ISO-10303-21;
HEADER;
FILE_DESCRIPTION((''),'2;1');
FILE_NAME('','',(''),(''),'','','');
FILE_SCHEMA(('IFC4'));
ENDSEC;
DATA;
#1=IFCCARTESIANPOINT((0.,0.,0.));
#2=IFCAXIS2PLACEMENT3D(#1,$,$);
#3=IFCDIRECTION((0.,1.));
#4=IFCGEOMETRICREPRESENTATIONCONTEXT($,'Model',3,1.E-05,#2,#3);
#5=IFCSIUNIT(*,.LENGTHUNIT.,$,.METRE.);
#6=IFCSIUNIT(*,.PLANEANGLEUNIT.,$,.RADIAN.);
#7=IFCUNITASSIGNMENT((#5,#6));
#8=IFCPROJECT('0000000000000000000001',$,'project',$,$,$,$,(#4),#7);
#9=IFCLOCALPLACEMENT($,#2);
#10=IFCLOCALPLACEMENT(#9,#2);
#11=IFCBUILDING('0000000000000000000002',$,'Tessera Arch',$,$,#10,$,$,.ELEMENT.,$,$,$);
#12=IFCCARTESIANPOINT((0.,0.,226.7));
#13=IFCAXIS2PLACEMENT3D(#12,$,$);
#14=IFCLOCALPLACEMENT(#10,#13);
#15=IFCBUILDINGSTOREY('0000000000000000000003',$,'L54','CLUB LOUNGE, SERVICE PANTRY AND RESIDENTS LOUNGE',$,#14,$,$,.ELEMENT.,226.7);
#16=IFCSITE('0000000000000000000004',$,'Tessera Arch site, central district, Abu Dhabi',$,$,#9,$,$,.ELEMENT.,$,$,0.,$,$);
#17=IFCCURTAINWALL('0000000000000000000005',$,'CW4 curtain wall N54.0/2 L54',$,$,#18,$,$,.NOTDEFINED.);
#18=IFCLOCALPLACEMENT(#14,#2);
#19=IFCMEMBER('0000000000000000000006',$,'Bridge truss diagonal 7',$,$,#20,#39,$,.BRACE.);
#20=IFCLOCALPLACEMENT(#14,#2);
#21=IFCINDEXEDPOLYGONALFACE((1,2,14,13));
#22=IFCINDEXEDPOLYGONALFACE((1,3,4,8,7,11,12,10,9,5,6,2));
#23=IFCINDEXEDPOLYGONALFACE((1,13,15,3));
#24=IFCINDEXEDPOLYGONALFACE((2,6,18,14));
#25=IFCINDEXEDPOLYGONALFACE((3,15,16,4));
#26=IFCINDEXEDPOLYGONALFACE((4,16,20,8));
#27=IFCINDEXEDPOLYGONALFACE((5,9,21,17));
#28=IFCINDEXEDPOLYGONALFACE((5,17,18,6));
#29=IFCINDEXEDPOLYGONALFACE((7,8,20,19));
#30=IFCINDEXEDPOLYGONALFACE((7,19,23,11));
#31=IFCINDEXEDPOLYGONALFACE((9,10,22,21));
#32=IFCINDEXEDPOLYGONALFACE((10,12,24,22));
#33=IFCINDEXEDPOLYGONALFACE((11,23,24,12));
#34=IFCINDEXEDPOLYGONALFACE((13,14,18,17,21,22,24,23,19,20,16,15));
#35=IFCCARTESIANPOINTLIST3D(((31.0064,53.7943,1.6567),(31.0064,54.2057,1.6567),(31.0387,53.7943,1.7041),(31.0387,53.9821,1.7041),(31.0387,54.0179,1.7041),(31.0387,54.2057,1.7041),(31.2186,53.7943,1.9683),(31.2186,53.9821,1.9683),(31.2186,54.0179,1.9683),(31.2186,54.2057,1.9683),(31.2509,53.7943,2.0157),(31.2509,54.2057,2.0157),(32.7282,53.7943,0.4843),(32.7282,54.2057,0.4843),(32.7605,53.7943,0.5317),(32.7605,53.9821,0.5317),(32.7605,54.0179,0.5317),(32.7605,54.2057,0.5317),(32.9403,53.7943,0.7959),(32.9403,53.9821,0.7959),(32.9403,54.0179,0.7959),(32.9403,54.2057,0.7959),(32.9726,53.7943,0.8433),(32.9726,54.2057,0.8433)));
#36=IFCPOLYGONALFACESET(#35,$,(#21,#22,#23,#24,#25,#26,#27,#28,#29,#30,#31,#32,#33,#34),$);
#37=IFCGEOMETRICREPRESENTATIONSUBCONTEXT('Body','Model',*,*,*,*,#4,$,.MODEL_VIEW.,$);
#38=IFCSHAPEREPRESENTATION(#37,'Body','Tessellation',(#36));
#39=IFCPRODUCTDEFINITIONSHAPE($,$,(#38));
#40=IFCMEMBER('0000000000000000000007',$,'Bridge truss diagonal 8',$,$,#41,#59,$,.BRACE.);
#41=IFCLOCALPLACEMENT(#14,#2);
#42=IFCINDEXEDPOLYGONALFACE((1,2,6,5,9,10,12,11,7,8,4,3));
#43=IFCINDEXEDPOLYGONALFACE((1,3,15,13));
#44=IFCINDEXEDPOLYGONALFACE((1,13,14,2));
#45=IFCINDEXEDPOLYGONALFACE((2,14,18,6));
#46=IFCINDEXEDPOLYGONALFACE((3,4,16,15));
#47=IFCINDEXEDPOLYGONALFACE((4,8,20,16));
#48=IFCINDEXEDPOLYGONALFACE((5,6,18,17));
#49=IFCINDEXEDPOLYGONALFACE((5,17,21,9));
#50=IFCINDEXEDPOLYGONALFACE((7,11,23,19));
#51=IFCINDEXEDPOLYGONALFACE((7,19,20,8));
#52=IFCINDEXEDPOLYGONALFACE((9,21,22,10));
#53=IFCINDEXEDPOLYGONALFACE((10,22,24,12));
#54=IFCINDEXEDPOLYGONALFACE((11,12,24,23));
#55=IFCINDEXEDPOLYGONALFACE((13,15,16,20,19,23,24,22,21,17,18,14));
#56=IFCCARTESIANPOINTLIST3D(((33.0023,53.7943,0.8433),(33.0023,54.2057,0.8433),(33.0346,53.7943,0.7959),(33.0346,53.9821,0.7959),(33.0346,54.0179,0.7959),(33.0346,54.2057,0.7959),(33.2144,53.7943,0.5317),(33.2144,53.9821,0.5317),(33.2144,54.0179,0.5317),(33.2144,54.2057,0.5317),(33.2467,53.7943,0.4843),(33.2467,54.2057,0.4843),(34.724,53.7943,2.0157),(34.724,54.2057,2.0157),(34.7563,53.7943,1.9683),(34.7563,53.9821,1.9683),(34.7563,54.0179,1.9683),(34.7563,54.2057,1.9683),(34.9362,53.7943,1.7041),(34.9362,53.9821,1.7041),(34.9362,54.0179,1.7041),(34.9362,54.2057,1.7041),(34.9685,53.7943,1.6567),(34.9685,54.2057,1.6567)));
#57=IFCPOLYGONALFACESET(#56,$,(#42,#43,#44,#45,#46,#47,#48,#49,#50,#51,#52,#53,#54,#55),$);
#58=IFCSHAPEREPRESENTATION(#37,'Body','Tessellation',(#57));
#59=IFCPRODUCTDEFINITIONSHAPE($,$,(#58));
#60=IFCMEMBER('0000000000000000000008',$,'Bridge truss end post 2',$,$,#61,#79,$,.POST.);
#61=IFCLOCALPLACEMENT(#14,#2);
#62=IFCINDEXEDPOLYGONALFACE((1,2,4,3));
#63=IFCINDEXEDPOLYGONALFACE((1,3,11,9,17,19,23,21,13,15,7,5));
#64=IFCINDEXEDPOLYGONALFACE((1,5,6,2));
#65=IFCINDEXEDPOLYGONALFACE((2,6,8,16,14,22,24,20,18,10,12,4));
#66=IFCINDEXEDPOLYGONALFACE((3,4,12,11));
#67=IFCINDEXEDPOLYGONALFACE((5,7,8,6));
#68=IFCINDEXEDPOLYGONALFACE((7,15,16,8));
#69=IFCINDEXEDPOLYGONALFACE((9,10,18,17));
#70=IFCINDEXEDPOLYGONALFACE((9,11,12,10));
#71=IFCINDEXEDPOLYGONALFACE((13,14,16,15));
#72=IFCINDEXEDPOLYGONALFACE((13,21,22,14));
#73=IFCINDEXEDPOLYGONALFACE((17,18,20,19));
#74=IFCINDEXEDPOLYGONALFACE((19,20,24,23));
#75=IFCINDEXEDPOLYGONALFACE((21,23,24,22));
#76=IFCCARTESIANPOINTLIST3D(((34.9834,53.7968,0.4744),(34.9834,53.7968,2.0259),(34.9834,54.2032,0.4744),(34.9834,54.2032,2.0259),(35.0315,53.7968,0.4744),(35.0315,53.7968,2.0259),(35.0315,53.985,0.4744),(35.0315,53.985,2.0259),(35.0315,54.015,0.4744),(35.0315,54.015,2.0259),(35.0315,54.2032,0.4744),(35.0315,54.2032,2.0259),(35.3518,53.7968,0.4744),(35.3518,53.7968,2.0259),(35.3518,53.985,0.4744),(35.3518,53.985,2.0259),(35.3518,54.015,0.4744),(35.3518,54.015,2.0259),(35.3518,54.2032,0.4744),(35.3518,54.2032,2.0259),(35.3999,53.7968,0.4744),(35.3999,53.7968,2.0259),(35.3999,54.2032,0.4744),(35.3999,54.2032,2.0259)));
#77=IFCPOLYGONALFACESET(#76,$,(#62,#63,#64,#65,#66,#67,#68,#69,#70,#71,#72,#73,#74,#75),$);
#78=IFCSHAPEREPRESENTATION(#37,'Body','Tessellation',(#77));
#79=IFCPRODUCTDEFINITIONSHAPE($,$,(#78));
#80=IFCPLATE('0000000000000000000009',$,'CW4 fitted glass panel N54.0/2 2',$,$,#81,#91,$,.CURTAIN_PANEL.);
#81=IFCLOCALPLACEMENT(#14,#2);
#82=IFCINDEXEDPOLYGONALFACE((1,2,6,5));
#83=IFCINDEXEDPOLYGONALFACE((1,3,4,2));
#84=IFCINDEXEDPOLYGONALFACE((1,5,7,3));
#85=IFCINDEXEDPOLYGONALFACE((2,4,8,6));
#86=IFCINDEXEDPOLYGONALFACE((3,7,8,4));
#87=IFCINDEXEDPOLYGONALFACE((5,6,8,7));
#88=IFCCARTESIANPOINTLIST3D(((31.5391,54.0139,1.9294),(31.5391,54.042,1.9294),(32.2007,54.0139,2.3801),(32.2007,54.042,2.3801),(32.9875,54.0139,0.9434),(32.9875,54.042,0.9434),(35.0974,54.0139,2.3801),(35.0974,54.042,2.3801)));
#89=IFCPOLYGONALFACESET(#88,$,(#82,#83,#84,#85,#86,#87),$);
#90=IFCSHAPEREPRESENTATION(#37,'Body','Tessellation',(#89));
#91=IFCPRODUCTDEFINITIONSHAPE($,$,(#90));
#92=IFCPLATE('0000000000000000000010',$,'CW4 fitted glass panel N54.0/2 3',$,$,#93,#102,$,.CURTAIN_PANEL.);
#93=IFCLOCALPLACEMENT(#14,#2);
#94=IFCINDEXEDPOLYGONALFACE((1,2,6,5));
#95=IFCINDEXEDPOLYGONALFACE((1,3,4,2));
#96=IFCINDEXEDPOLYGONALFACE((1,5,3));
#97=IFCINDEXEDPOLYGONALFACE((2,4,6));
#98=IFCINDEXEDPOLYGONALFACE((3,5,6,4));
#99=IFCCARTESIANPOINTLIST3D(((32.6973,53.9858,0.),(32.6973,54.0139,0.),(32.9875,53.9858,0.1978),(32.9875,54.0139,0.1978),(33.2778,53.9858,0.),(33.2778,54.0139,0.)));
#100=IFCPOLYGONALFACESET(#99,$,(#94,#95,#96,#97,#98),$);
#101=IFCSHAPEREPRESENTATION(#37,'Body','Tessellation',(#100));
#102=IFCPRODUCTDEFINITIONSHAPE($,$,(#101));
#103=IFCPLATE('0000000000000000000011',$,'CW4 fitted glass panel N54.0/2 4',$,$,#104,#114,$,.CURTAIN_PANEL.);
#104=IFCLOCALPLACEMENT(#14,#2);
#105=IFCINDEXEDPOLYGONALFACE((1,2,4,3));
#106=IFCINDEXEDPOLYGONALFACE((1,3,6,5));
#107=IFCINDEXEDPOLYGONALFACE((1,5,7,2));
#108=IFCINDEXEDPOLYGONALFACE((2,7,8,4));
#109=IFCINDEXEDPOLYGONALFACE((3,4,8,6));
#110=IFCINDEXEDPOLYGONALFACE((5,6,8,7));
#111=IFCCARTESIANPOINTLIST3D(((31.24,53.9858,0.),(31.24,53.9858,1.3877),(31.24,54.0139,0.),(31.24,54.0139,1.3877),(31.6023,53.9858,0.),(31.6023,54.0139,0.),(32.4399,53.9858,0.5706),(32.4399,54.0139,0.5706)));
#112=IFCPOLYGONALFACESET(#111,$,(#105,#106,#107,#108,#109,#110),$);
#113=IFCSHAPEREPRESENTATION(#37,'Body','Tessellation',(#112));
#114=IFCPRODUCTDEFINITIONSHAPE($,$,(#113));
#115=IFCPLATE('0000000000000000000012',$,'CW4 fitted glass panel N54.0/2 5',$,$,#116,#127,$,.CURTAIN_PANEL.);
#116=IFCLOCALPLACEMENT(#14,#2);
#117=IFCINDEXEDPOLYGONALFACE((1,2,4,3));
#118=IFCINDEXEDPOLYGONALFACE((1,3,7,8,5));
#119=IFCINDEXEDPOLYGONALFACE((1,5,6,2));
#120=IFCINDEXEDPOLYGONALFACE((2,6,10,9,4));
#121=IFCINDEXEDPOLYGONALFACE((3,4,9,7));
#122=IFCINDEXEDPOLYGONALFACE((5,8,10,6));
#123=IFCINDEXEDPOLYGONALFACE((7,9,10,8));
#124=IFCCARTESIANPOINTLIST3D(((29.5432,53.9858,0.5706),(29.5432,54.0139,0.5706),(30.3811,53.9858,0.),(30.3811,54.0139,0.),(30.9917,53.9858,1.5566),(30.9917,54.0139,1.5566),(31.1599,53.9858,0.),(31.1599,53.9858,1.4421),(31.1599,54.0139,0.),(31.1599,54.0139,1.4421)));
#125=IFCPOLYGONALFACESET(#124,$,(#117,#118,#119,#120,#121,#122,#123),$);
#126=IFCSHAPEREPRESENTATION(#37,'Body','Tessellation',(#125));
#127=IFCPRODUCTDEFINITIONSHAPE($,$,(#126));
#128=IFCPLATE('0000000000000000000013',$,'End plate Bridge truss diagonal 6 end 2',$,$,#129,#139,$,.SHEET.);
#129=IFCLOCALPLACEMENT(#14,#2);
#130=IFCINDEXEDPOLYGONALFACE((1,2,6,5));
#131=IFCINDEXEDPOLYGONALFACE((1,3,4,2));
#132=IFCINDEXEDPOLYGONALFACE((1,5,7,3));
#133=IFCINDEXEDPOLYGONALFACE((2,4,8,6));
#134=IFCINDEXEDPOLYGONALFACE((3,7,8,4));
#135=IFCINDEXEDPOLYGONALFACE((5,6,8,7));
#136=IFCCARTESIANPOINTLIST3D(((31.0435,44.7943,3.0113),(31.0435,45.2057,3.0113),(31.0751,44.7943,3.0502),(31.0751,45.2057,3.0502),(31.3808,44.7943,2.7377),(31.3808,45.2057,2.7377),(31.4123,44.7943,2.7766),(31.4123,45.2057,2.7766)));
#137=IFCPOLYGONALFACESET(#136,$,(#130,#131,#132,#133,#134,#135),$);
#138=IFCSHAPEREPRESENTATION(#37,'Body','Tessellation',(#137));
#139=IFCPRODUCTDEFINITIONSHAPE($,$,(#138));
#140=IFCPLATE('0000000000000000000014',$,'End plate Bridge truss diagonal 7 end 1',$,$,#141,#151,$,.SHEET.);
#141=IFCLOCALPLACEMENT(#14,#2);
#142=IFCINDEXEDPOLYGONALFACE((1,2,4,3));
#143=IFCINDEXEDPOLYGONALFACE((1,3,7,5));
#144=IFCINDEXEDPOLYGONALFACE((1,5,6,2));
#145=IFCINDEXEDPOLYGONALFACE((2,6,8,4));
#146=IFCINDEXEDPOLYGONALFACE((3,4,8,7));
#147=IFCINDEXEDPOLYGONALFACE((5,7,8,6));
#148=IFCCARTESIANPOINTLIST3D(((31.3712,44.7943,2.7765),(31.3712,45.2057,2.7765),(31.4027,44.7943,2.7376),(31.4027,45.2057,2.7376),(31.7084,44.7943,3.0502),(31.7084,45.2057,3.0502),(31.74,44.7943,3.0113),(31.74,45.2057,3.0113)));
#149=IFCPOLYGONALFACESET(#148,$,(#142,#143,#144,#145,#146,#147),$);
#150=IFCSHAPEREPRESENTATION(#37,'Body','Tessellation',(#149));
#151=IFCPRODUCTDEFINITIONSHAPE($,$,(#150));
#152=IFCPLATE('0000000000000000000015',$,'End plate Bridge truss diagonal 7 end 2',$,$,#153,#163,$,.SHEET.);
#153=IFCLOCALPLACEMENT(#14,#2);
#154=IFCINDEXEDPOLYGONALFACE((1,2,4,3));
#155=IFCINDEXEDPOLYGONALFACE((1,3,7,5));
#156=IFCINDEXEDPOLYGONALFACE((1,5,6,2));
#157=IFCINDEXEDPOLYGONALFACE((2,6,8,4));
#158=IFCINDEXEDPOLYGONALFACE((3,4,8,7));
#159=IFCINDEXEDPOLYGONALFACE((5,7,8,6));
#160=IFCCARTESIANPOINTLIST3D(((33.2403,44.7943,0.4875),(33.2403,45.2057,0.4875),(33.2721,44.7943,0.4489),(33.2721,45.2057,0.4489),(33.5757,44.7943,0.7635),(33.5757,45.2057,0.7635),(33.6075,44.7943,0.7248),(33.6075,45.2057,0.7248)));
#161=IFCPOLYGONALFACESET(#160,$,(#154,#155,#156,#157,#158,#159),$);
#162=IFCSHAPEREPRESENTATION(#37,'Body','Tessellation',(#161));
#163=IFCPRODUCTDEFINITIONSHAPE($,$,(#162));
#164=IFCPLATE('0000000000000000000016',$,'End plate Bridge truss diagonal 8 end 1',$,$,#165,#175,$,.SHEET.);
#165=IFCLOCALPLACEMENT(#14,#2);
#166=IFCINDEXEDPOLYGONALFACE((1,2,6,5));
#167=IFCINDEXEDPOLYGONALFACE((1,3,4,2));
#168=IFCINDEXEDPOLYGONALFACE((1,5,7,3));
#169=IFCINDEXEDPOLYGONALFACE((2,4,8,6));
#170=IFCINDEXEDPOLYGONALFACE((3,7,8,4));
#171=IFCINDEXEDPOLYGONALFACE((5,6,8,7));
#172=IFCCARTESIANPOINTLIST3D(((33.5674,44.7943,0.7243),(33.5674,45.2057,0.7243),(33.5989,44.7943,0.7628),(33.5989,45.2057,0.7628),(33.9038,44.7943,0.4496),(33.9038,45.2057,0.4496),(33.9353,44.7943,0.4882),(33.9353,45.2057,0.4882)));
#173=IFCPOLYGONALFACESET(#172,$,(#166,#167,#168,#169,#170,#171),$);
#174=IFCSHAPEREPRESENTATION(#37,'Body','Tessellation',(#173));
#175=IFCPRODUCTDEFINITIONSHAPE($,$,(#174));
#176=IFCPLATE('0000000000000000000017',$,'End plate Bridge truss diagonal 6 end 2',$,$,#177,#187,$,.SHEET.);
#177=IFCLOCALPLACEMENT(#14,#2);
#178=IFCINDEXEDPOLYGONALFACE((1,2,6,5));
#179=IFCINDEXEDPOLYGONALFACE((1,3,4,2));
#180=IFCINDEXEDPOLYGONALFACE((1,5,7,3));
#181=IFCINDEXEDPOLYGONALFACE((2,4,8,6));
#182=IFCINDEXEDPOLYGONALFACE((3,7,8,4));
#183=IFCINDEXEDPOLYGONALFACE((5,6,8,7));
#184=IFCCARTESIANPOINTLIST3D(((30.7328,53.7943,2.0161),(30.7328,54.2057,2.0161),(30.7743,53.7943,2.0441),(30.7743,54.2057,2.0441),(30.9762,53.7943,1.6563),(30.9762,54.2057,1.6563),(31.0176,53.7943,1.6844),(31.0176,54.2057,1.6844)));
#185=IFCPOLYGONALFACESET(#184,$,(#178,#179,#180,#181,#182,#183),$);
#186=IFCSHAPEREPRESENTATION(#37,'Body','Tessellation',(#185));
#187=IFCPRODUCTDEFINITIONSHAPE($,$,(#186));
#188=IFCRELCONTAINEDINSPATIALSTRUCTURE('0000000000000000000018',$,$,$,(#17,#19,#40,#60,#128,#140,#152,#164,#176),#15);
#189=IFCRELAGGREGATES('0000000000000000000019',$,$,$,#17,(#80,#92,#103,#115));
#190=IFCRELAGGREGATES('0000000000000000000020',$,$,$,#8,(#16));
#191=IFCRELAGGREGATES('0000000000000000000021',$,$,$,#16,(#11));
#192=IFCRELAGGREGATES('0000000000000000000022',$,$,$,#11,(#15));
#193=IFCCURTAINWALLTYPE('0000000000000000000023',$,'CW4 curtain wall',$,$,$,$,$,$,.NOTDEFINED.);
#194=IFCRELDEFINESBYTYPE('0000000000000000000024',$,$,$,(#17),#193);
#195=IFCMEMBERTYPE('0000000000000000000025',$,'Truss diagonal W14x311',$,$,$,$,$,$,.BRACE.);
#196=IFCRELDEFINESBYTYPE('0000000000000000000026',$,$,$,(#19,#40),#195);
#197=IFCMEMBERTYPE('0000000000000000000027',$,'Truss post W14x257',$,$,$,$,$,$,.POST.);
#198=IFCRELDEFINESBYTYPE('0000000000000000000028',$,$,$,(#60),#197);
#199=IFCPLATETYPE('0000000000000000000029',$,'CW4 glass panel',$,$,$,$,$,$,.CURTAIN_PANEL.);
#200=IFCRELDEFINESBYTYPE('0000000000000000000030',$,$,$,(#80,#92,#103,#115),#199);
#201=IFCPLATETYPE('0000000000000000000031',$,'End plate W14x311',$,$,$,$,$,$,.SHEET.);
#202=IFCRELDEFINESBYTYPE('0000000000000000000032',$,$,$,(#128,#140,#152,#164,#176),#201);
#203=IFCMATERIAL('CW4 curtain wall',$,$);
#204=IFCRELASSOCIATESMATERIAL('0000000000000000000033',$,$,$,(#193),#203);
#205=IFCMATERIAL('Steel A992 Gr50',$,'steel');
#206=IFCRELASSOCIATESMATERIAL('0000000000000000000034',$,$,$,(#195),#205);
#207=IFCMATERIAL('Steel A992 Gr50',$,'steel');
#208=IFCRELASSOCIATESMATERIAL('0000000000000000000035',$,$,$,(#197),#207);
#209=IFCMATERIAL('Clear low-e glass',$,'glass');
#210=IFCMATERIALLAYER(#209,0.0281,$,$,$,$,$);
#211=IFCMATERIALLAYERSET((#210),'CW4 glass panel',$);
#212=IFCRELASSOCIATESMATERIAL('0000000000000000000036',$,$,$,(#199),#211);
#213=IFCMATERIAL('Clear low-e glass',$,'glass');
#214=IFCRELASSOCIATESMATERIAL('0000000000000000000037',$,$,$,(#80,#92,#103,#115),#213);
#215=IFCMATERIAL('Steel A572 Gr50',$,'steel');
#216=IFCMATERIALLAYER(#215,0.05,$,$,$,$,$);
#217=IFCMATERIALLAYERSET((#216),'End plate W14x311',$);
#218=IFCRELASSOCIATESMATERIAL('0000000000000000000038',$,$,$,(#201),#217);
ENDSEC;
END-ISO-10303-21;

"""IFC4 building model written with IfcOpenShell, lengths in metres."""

from ifc_helpers import new_model, si_unit, direction, frame, origin, origin_2d, place, context, subcontext, project, spatial, polyline, rectangle, i_section, outline, extrude, material, layer, layer_set, material_profile, profile_set, type_object, element, aggregate, save


model = new_model("IFC4")

# Units and contexts
model_context = context("Model", 3, precision=1e-05, world=origin(), true_north=direction((0.0, 1.0)))
body_context = subcontext(model_context, "Body", "Model", "MODEL_VIEW")
ifc_project = project(units=[si_unit("LENGTHUNIT", "METRE"), si_unit("PLANEANGLEUNIT", "RADIAN")], contexts=[model_context])

# Site, building, storey
site_placement = place(None, origin())
site = spatial("IfcSite", under=ifc_project, at=site_placement, Name="Tessera Arch site, central district, Abu Dhabi", CompositionType="ELEMENT", RefElevation=0.0)
building_placement = place(site_placement, origin())
building = spatial("IfcBuilding", under=site, at=building_placement, Name="Tessera Arch", CompositionType="ELEMENT")
storey_placement = place(building_placement, frame((0.0, 0.0, 226.7)))
storey = spatial("IfcBuildingStorey", under=building, at=storey_placement, Name="L54", Description="CLUB LOUNGE, SERVICE PANTRY AND RESIDENTS LOUNGE", CompositionType="ELEMENT", Elevation=226.7)

# Curtain wall
ifc_material_1 = material(Name="CW4 curtain wall")
curtain_wall_type = type_object("IfcCurtainWallType", Name="CW4 curtain wall", PredefinedType="NOTDEFINED", material=ifc_material_1)
curtain_wall_placement = place(storey_placement, origin())
curtain_wall = element("IfcCurtainWall", 1, at=curtain_wall_placement, inside=storey, type_object=curtain_wall_type, Name="CW4 curtain wall N54.0/2 L54", PredefinedType="NOTDEFINED")

# Members
ifc_material_2 = material(Name="Steel A992 Gr50", Category="steel")
ifc_material_profile_1 = material_profile(ifc_material_2, i_section(OverallWidth=0.4114, OverallDepth=0.4343, WebThickness=0.0359, FlangeThickness=0.0574, at=origin_2d()), Name="W14x311")
ifc_profile_set_1 = profile_set([ifc_material_profile_1], Name="Steel A992 Gr50")
member_type_1 = type_object("IfcMemberType", Name="Truss diagonal W14x311", PredefinedType="BRACE", material=ifc_profile_set_1)
for number, where, z_axis, x_axis, name in (
    (2, (31.1287, 54.0, 1.8362), (0.826564, 0.0, -0.562842), (0.0, 1.0, 0.0), "Bridge truss diagonal 7"),
    (3, (33.1245, 54.0, 0.6638), (0.826564, 0.0, 0.562842), (0.0, 1.0, 0.0), "Bridge truss diagonal 8"),
):
    element("IfcMember", number, at=place(storey_placement, frame(where, z_axis=z_axis, x_axis=x_axis)), inside=storey, type_object=member_type_1, Name=name, PredefinedType="BRACE", context=body_context, shape_type="SweptSolid", body=[
        extrude(i_section(OverallWidth=0.4114, OverallDepth=0.4343, WebThickness=0.0359, FlangeThickness=0.0574, at=origin_2d()), origin(), (0.0, 0.0, 1.0), 2.083),
    ])
ifc_material_3 = material(Name="Steel A992 Gr50", Category="steel")
ifc_material_profile_2 = material_profile(ifc_material_3, i_section(OverallWidth=0.4065, OverallDepth=0.4165, WebThickness=0.03, FlangeThickness=0.0481, at=origin_2d()), Name="W14x257")
ifc_profile_set_2 = profile_set([ifc_material_profile_2], Name="Steel A992 Gr50")
member_type_2 = type_object("IfcMemberType", Name="Truss post W14x257", PredefinedType="POST", material=ifc_profile_set_2)
member_1_placement = place(storey_placement, frame((35.1917, 54.0, 0.4744), z_axis=(0.0, 0.0, 1.0), x_axis=(0.0, 1.0, 0.0)))
element("IfcMember", 4, at=member_1_placement, inside=storey, type_object=member_type_2, Name="Bridge truss end post 2", PredefinedType="POST", context=body_context, shape_type="SweptSolid", body=[
    extrude(i_section(OverallWidth=0.4065, OverallDepth=0.4165, WebThickness=0.03, FlangeThickness=0.0481, at=origin_2d()), origin(), (0.0, 0.0, 1.0), 1.5515),
])

# Plates
ifc_material_4 = material(Name="Clear low-e glass", Category="glass")
ifc_material_5 = material(Name="Clear low-e glass", Category="glass")
ifc_layer_1 = layer(ifc_material_5, 0.0281)
ifc_layer_set_1 = layer_set([ifc_layer_1], Name="CW4 glass panel")
plate_type_1 = type_object("IfcPlateType", Name="CW4 glass panel", PredefinedType="CURTAIN_PANEL", material=ifc_layer_set_1)
plate_1_placement = place(storey_placement, frame((32.2007, 54.042, 2.3801), z_axis=(0.0, 1.0, 0.0), x_axis=(1.0, 0.0, 0.0)))
plate_1 = element("IfcPlate", 5, at=plate_1_placement, type_object=plate_type_1, material=ifc_material_4, Name="CW4 fitted glass panel N54.0/2 2", PredefinedType="CURTAIN_PANEL", context=body_context, shape_type="SweptSolid", body=[
    extrude(outline(polyline([(0.0, 0.0), (2.8967, 0.0), (0.7869, 1.4368), (-0.6616, 0.4507), (0.0, 0.0)])), origin(), (0.0, 0.0, -1.0), 0.0281),
])
plate_2_placement = place(storey_placement, frame((33.2778, 54.0139, 0.0), z_axis=(0.0, 1.0, 0.0), x_axis=(-1.0, 0.0, 0.0)))
plate_2 = element("IfcPlate", 6, at=plate_2_placement, type_object=plate_type_1, material=ifc_material_4, Name="CW4 fitted glass panel N54.0/2 3", PredefinedType="CURTAIN_PANEL", context=body_context, shape_type="SweptSolid", body=[
    extrude(outline(polyline([(0.0, 0.0), (0.5806, 0.0), (0.2903, 0.1978), (0.0, 0.0)])), origin(), (0.0, 0.0, -1.0), 0.0281),
])
plate_3_placement = place(storey_placement, frame((31.24, 54.0139, 0.0), z_axis=(0.0, 1.0, 0.0), x_axis=(0.0, 0.0, 1.0)))
plate_3 = element("IfcPlate", 7, at=plate_3_placement, type_object=plate_type_1, material=ifc_material_4, Name="CW4 fitted glass panel N54.0/2 4", PredefinedType="CURTAIN_PANEL", context=body_context, shape_type="SweptSolid", body=[
    extrude(outline(polyline([(0.0, 0.0), (1.3877, 0.0), (0.5706, 1.2), (0.0, 0.3623), (0.0, 0.0)])), origin(), (0.0, 0.0, -1.0), 0.0281),
])
plate_4_placement = place(storey_placement, frame((31.1599, 54.0139, 0.0), z_axis=(0.0, 1.0, 0.0), x_axis=(-1.0, 0.0, 0.0)))
plate_4 = element("IfcPlate", 8, at=plate_4_placement, type_object=plate_type_1, material=ifc_material_4, Name="CW4 fitted glass panel N54.0/2 5", PredefinedType="CURTAIN_PANEL", context=body_context, shape_type="SweptSolid", body=[
    extrude(outline(polyline([(0.0, 0.0), (0.7788, 0.0), (1.6167, 0.5706), (0.1682, 1.5566), (0.0, 1.4421), (0.0, 0.0)])), origin(), (0.0, 0.0, -1.0), 0.0281),
])
aggregate(curtain_wall, [plate_1, plate_2, plate_3, plate_4])

# Plates
ifc_material_6 = material(Name="Steel A572 Gr50", Category="steel")
ifc_layer_2 = layer(ifc_material_6, 0.05)
ifc_layer_set_2 = layer_set([ifc_layer_2], Name="End plate W14x311")
plate_type_2 = type_object("IfcPlateType", Name="End plate W14x311", PredefinedType="SHEET", material=ifc_layer_set_2)
for number, where, z_axis, x_axis, name in (
    (9, (31.2122, 45.0, 2.8745), (0.630041, 0.0, 0.776562), (0.0, 1.0, 0.0), "End plate Bridge truss diagonal 6 end 2"),
    (10, (31.5398, 45.0, 2.9133), (0.630041, 0.0, -0.776562), (0.0, 1.0, 0.0), "End plate Bridge truss diagonal 7 end 1"),
    (11, (33.408, 45.0, 0.6255), (0.635365, 0.0, -0.772212), (0.0, 1.0, 0.0), "End plate Bridge truss diagonal 7 end 2"),
):
    element("IfcPlate", number, at=place(storey_placement, frame(where, z_axis=z_axis, x_axis=x_axis)), inside=storey, type_object=plate_type_2, Name=name, PredefinedType="SHEET", context=body_context, shape_type="SweptSolid", body=[
        extrude(rectangle(XDim=0.4114, YDim=0.4343, at=origin_2d()), origin(), (0.0, 0.0, 1.0), 0.05),
    ])
plate_5_placement = place(storey_placement, frame((33.7356, 45.0, 0.5869), z_axis=(0.632437, 0.0, 0.774612), x_axis=(0.0, 1.0, 0.0)))
element("IfcPlate", 12, at=plate_5_placement, inside=storey, type_object=plate_type_2, Name="End plate Bridge truss diagonal 8 end 1", PredefinedType="SHEET", context=body_context, shape_type="SweptSolid", body=[
    extrude(rectangle(XDim=0.4114, YDim=0.4343, at=origin_2d()), origin(), (0.0, 0.0, 1.0), 0.0498),
])
plate_6_placement = place(storey_placement, frame((30.8545, 54.0, 1.8362), z_axis=(0.828283, 0.0, 0.560309), x_axis=(0.0, 1.0, 0.0)))
element("IfcPlate", 13, at=plate_6_placement, inside=storey, type_object=plate_type_2, Name="End plate Bridge truss diagonal 6 end 2", PredefinedType="SHEET", context=body_context, shape_type="SweptSolid", body=[
    extrude(rectangle(XDim=0.4114, YDim=0.4343, at=origin_2d()), origin(), (0.0, 0.0, 1.0), 0.05),
])

save(model, "model.ifc")
